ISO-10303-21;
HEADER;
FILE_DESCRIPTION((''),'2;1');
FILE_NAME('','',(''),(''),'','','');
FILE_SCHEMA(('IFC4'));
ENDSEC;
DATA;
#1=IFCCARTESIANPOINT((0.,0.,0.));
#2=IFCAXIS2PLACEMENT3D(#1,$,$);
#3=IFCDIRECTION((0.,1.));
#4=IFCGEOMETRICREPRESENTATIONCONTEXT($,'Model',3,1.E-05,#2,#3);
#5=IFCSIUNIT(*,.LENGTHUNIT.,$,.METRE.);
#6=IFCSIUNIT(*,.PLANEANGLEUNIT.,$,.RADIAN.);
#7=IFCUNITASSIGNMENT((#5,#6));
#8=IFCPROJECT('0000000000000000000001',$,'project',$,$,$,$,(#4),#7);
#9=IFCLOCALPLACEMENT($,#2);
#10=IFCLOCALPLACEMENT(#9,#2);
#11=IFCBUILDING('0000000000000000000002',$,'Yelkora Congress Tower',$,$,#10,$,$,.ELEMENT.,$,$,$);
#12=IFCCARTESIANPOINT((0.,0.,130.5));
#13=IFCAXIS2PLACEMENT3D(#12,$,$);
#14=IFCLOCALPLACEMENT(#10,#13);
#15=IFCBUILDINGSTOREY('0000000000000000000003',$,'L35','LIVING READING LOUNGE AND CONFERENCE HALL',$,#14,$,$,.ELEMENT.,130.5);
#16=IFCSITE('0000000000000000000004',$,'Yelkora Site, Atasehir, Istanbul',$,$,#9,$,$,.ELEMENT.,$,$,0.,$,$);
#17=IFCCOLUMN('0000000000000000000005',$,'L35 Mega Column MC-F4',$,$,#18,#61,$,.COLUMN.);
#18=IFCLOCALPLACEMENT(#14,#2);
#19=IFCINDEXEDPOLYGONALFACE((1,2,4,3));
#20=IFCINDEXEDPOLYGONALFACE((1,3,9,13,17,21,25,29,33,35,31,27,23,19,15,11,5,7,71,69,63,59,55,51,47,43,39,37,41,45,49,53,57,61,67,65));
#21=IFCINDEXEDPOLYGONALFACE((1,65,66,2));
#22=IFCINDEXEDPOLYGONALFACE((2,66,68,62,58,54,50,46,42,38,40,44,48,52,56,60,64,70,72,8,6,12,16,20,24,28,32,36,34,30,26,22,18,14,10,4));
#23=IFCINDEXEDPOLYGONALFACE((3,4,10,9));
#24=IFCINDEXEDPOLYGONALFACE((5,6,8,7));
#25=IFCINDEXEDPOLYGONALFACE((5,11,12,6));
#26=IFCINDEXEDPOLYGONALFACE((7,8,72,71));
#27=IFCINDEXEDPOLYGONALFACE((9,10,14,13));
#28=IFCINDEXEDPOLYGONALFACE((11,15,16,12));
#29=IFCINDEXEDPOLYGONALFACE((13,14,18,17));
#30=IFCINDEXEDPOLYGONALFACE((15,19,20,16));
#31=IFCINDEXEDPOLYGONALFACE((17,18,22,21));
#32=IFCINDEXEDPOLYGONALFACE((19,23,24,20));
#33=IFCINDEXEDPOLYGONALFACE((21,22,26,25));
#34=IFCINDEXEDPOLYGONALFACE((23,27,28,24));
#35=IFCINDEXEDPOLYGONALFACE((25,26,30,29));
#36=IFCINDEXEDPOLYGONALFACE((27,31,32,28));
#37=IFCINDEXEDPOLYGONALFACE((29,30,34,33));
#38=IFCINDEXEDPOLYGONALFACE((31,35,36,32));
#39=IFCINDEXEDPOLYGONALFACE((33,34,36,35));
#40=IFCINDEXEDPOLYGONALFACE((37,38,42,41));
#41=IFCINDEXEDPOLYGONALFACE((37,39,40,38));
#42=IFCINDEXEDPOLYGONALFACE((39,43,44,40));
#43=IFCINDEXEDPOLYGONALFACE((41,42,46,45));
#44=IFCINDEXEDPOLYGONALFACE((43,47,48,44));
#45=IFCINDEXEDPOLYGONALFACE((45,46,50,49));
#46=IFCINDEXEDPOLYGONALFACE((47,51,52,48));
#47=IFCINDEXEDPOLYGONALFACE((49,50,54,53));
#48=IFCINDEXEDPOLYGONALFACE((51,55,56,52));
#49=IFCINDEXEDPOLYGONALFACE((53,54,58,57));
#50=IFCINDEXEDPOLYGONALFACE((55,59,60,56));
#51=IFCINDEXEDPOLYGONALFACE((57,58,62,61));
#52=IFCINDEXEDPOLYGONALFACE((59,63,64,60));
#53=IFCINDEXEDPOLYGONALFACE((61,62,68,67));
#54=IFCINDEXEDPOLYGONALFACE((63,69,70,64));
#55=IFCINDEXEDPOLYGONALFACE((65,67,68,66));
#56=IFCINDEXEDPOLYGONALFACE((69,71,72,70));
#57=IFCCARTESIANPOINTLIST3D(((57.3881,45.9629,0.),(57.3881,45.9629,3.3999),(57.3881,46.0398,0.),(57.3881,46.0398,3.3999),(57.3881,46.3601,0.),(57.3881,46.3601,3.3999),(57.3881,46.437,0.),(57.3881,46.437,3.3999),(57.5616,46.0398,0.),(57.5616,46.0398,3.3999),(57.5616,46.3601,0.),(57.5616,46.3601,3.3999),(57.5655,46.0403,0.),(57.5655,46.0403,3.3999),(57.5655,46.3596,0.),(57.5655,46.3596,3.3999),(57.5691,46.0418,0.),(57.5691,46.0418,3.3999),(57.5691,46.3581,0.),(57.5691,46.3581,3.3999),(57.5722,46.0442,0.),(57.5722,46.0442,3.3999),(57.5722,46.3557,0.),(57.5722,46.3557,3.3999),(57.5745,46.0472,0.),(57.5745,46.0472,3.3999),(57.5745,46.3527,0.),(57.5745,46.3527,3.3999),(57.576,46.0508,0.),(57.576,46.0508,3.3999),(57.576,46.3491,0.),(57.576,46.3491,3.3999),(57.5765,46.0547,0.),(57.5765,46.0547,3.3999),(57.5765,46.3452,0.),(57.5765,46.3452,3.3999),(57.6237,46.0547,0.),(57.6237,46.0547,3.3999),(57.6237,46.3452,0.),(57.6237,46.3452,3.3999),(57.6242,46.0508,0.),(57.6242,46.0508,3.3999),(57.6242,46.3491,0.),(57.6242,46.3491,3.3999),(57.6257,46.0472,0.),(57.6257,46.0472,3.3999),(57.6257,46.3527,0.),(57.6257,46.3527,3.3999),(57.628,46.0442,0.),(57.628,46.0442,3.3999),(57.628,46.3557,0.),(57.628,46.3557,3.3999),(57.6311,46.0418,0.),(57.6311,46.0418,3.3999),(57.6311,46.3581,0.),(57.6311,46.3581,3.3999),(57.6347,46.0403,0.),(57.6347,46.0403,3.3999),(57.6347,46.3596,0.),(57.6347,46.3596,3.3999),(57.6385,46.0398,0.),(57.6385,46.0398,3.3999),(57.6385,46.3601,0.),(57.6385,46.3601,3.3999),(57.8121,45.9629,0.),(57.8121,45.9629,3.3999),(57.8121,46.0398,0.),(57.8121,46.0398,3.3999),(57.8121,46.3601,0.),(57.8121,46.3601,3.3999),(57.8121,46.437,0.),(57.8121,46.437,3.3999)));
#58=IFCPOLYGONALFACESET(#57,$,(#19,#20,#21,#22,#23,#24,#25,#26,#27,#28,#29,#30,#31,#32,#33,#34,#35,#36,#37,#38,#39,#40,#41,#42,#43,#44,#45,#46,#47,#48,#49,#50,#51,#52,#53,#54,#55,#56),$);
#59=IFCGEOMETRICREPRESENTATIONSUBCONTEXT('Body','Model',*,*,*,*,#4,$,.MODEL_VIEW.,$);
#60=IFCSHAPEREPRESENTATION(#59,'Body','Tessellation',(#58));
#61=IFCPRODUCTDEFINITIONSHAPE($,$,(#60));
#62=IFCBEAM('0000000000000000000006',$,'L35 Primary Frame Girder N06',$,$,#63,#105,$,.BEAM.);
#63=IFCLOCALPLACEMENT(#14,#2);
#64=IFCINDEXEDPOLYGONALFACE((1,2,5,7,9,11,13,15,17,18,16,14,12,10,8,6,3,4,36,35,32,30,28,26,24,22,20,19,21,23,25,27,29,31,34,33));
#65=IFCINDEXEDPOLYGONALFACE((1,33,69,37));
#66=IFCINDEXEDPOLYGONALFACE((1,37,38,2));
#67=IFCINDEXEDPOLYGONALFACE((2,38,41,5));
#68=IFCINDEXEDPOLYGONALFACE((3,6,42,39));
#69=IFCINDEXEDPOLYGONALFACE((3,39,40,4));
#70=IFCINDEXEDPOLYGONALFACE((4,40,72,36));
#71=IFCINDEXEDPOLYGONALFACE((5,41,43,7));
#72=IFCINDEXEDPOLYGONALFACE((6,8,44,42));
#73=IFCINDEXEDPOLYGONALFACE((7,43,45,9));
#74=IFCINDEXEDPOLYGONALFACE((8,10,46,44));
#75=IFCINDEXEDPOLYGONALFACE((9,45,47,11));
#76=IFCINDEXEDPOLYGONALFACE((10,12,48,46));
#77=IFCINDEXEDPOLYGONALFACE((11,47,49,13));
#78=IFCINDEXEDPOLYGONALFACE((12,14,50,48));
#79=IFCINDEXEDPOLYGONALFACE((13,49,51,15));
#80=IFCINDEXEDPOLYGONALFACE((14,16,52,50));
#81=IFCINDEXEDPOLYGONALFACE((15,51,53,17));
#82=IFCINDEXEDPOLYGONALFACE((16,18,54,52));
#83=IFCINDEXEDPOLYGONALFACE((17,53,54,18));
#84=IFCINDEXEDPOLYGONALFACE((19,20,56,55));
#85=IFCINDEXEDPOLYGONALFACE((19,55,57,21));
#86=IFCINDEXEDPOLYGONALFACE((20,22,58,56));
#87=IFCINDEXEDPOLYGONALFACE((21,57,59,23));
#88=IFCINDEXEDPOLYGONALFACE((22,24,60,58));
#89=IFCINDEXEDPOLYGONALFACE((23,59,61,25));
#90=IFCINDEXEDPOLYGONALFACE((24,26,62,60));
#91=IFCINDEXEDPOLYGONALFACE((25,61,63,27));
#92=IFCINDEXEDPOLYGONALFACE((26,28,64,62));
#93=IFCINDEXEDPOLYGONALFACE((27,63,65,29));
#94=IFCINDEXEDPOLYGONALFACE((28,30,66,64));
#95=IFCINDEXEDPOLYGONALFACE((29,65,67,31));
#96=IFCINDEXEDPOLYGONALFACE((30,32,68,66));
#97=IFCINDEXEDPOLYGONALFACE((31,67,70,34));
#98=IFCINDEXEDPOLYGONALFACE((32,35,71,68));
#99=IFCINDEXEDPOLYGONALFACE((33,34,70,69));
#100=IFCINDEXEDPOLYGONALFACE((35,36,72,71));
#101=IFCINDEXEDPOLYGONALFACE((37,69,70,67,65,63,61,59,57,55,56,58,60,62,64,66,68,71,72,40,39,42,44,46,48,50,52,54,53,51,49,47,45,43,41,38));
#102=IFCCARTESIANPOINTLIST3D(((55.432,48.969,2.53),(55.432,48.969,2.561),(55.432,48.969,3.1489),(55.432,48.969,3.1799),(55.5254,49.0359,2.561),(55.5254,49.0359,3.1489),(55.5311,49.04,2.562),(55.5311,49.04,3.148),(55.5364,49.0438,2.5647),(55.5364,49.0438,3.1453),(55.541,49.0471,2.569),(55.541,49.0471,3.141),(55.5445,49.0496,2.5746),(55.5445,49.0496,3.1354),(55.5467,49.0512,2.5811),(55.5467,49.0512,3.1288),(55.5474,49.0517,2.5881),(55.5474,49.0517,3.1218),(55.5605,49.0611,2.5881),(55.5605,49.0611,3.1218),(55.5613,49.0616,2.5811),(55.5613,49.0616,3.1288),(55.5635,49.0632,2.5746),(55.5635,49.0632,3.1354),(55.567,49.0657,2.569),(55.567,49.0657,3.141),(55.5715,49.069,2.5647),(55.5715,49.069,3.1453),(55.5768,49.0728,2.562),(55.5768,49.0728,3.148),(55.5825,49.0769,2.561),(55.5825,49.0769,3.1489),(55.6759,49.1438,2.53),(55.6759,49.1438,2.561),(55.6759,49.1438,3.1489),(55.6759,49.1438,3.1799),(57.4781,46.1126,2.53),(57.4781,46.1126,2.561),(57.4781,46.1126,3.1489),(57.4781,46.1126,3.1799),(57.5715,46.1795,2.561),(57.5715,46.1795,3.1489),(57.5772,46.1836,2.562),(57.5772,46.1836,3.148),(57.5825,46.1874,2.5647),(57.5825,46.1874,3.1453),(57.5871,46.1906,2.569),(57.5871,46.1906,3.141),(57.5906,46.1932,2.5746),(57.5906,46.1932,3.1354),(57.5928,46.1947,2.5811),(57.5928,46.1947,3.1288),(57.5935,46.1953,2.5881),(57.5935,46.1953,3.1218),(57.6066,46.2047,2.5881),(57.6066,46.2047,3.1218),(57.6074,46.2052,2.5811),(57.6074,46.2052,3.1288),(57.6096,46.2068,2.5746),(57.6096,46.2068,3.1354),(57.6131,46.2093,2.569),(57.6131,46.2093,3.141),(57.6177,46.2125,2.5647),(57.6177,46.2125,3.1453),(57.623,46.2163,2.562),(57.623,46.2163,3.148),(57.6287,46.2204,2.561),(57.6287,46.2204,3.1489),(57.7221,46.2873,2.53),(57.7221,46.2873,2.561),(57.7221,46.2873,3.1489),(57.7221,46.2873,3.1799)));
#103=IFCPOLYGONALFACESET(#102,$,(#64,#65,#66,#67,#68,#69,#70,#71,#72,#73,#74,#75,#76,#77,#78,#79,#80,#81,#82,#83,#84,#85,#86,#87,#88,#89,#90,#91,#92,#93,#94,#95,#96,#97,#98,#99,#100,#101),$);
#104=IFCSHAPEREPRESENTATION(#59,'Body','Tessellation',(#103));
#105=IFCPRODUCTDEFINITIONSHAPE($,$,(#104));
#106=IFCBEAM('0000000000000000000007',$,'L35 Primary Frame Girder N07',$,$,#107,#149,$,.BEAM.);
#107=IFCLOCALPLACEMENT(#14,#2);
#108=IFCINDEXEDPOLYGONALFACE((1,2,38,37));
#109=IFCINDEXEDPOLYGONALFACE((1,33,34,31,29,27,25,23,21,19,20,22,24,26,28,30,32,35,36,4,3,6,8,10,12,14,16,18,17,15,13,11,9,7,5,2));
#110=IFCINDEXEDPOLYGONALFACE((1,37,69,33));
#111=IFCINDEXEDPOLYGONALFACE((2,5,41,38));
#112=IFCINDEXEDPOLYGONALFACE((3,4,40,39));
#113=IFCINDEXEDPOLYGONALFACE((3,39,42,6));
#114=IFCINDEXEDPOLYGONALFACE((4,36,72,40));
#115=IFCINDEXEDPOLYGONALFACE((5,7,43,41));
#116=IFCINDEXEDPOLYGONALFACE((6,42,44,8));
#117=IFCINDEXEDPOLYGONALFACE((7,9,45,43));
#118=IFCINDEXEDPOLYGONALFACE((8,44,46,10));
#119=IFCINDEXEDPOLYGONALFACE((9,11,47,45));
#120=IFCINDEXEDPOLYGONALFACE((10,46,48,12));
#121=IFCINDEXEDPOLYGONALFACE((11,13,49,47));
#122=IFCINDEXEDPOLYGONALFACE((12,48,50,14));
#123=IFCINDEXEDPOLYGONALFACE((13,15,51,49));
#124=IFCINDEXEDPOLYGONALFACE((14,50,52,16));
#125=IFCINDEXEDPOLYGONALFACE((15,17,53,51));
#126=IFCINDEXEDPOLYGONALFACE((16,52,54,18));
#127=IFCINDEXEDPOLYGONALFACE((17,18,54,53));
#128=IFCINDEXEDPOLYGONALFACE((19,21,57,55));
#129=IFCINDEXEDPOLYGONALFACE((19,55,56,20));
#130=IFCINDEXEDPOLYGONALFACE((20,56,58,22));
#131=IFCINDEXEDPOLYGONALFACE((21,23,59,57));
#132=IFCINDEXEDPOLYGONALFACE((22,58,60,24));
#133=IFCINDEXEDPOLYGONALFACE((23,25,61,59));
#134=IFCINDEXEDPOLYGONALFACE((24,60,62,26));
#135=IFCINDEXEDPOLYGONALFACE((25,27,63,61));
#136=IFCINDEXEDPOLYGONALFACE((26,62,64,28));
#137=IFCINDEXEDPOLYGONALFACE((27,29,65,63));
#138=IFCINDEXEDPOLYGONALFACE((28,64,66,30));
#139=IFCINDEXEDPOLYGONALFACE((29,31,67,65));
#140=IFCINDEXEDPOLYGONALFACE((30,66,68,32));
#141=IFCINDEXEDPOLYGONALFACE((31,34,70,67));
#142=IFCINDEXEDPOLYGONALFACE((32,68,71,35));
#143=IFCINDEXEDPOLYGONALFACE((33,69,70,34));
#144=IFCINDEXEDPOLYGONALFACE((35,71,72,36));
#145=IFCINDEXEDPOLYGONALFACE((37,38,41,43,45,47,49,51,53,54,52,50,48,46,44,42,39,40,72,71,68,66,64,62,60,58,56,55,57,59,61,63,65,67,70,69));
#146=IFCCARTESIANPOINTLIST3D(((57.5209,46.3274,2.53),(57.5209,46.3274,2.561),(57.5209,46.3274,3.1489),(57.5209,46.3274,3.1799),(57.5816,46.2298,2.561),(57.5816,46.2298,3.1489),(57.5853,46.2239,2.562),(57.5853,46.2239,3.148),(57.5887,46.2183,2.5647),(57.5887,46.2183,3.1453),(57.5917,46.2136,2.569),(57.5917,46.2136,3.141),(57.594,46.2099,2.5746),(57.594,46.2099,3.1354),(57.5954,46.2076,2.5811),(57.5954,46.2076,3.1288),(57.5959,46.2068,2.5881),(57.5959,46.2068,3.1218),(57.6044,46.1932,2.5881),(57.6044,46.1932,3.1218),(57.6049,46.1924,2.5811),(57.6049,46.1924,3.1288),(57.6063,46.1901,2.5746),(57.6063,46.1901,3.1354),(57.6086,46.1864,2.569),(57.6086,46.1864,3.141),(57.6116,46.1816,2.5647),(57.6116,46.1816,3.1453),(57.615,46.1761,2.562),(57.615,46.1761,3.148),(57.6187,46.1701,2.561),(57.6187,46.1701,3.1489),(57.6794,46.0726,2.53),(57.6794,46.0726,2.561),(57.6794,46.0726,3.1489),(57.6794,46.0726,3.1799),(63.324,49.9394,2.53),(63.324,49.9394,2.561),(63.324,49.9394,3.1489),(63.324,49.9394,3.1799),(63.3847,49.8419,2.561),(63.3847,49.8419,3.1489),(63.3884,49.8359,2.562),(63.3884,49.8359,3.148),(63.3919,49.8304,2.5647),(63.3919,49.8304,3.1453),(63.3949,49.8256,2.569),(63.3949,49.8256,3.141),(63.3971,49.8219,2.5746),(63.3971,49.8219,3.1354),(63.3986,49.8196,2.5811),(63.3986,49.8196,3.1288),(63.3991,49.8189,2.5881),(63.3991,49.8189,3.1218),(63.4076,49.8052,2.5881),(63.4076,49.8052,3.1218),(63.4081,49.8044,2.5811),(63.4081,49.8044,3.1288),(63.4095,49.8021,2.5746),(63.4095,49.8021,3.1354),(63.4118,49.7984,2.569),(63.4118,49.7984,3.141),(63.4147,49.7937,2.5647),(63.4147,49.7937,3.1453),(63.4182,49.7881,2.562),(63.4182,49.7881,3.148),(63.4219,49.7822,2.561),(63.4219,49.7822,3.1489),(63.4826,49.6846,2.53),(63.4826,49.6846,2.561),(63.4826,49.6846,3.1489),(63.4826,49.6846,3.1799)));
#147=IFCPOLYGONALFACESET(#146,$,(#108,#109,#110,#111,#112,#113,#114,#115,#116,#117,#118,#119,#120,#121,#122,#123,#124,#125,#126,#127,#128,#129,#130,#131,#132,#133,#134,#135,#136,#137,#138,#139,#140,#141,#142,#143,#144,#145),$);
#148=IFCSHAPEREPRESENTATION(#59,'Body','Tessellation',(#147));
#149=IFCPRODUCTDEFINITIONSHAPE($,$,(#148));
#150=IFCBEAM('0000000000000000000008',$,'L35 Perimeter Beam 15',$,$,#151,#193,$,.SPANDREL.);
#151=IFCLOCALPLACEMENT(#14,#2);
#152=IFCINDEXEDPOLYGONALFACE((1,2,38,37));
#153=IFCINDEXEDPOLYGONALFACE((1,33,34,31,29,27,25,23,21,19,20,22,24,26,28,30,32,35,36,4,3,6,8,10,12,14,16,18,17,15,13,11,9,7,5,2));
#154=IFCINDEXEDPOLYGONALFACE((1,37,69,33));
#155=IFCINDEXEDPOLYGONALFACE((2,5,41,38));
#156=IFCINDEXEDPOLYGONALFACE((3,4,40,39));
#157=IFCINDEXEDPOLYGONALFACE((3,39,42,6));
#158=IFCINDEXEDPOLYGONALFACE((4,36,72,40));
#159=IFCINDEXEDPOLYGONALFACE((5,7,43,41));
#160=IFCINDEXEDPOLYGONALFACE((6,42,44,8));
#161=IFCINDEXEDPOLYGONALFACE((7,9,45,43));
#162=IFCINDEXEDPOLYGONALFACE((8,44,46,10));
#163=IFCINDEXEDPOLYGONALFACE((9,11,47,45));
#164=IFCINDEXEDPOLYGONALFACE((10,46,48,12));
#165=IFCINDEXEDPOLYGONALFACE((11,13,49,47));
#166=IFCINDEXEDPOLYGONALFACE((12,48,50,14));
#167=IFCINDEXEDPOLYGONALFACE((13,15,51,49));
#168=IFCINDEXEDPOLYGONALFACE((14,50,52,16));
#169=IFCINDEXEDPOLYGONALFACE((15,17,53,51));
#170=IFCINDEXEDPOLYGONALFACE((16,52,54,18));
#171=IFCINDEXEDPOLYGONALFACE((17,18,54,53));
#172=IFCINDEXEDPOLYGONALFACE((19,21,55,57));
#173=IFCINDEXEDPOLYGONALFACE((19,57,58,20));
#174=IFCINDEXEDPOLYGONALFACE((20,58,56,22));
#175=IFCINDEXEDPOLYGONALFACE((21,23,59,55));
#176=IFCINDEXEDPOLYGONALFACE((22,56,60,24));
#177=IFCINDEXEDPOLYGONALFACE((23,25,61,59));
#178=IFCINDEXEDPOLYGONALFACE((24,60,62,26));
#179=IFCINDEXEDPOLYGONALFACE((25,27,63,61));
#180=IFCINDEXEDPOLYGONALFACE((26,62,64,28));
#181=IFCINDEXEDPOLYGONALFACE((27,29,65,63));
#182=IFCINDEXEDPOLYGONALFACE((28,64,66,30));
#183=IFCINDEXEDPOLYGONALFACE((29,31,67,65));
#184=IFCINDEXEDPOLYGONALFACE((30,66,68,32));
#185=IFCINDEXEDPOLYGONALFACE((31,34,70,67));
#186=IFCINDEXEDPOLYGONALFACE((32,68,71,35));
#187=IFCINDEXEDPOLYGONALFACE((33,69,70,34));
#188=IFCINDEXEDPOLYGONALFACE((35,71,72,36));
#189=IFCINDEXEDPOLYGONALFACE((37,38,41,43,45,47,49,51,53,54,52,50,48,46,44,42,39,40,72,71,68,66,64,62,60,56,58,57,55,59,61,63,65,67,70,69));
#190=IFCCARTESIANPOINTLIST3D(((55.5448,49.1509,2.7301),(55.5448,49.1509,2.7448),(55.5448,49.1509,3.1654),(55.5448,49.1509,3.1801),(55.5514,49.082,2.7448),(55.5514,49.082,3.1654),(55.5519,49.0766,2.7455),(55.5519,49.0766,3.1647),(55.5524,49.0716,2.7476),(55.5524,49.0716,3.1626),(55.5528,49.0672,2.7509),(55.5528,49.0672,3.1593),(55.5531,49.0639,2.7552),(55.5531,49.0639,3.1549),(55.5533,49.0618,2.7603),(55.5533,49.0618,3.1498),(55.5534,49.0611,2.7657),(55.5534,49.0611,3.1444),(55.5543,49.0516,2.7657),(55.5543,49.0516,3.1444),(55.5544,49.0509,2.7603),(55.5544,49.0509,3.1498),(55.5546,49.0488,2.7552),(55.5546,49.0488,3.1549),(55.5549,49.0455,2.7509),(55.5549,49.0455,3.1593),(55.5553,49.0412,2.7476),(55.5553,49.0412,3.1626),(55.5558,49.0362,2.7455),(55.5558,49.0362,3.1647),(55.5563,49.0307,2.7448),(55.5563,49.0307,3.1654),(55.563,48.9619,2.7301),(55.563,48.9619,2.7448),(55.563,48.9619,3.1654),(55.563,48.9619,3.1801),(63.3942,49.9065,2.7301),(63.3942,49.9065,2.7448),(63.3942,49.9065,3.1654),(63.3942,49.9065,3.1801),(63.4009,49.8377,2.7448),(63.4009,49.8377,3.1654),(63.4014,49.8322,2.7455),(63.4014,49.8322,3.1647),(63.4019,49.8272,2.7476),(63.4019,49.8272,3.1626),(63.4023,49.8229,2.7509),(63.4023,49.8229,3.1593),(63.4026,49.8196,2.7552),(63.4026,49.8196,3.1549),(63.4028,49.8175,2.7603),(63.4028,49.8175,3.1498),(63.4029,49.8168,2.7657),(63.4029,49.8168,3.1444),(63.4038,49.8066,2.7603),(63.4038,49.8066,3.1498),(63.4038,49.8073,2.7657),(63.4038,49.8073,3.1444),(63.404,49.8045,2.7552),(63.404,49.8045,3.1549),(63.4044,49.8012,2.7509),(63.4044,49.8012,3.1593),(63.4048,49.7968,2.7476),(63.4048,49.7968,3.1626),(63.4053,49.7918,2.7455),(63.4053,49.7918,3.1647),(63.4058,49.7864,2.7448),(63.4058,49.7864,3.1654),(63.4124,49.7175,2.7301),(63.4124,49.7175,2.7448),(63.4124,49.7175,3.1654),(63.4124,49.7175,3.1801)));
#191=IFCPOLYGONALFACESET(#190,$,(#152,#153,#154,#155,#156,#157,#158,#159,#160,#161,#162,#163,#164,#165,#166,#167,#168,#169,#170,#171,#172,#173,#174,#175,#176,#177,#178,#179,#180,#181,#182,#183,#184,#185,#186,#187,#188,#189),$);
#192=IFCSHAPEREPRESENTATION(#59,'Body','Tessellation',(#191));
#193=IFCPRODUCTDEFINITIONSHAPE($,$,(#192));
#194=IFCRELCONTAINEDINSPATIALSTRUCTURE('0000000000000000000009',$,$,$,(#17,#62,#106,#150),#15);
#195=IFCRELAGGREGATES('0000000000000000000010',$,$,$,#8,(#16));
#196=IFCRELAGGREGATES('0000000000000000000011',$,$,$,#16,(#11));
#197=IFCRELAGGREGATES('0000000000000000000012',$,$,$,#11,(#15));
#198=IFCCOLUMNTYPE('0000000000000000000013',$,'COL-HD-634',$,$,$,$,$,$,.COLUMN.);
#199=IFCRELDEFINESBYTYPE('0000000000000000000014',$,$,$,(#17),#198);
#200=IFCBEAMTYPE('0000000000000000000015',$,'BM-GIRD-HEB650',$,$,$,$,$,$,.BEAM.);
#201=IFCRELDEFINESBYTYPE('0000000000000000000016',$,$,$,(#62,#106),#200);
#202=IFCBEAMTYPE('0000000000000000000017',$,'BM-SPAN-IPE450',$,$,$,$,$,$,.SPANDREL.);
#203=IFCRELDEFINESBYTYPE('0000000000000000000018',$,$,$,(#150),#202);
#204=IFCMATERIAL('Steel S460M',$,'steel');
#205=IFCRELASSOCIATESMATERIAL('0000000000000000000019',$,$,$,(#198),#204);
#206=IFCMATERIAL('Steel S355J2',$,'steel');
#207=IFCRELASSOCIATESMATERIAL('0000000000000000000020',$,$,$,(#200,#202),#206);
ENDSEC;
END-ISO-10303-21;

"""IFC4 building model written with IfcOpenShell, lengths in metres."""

from ifc_helpers import new_model, si_unit, direction, frame, origin, origin_2d, place, context, subcontext, project, spatial, i_section, extrude, material, material_profile, profile_set, type_object, element, save


model = new_model("IFC4")

# Units and contexts
model_context = context("Model", 3, precision=1e-05, world=origin(), true_north=direction((0.0, 1.0)))
body_context = subcontext(model_context, "Body", "Model", "MODEL_VIEW")
ifc_project = project(units=[si_unit("LENGTHUNIT", "METRE"), si_unit("PLANEANGLEUNIT", "RADIAN")], contexts=[model_context])

# Site, building, storey
site_placement = place(None, origin())
site = spatial("IfcSite", under=ifc_project, at=site_placement, Name="Yelkora Site, Atasehir, Istanbul", CompositionType="ELEMENT", RefElevation=0.0)
building_placement = place(site_placement, origin())
building = spatial("IfcBuilding", under=site, at=building_placement, Name="Yelkora Congress Tower", CompositionType="ELEMENT")
storey_placement = place(building_placement, frame((0.0, 0.0, 130.5)))
storey = spatial("IfcBuildingStorey", under=building, at=storey_placement, Name="L35", Description="LIVING READING LOUNGE AND CONFERENCE HALL", CompositionType="ELEMENT", Elevation=130.5)

# Column
ifc_material_1 = material(Name="Steel S460M", Category="steel")
ifc_material_profile_1 = material_profile(ifc_material_1, i_section(OverallWidth=0.4241, OverallDepth=0.4741, WebThickness=0.0471, FlangeThickness=0.0769, FilletRadius=0.0149, at=origin_2d()), Name="HD 400x634")
ifc_profile_set_1 = profile_set([ifc_material_profile_1], Name="Steel S460M")
column_type_1 = type_object("IfcColumnType", Name="COL-HD-634", PredefinedType="COLUMN", material=ifc_profile_set_1)
for number, where, z_axis, x_axis, name in (
    (1, (57.6001, 46.2, 0.0), (0.0, 0.0, 1.0), (1.0, 0.0, 0.0), "L35 Mega Column MC-F4"),
):
    element("IfcColumn", number, at=place(storey_placement, frame(where, z_axis=z_axis, x_axis=x_axis)), inside=storey, type_object=column_type_1, Name=name, PredefinedType="COLUMN", context=body_context, shape_type="SweptSolid", body=[
        extrude(i_section(OverallWidth=0.4241, OverallDepth=0.4741, WebThickness=0.0471, FlangeThickness=0.0769, FilletRadius=0.0149, at=origin_2d()), origin(), (0.0, 0.0, 1.0), 3.3999),
    ])

# Beams
ifc_material_2 = material(Name="Steel S355J2", Category="steel")
ifc_material_profile_2 = material_profile(ifc_material_2, i_section(OverallWidth=0.3, OverallDepth=0.6499, WebThickness=0.0161, FlangeThickness=0.031, FilletRadius=0.0271, at=origin_2d()), Name="HEB 650")
ifc_profile_set_2 = profile_set([ifc_material_profile_2], Name="Steel S355J2")
beam_type_1 = type_object("IfcBeamType", Name="BM-GIRD-HEB650", PredefinedType="BEAM", material=ifc_profile_set_2)
beam_1_placement = place(storey_placement, frame((55.554, 49.0564, 2.855), z_axis=(0.582335, -0.812949, 0.0), x_axis=(0.812949, 0.582335, 0.0)))
element("IfcBeam", 2, at=beam_1_placement, inside=storey, type_object=beam_type_1, Name="L35 Primary Frame Girder N06", PredefinedType="BEAM", context=body_context, shape_type="SweptSolid", body=[
    extrude(i_section(OverallWidth=0.3, OverallDepth=0.6499, WebThickness=0.0161, FlangeThickness=0.031, FilletRadius=0.0271, at=origin_2d()), origin(), (0.0, 0.0, 1.0), 3.5137),
])
beam_2_placement = place(storey_placement, frame((63.4033, 49.812, 2.855), z_axis=(-0.84898, -0.528425, 0.0), x_axis=(0.528425, -0.84898, 0.0)))
element("IfcBeam", 3, at=beam_2_placement, inside=storey, type_object=beam_type_1, Name="L35 Primary Frame Girder N07", PredefinedType="BEAM", context=body_context, shape_type="SweptSolid", body=[
    extrude(i_section(OverallWidth=0.3, OverallDepth=0.6499, WebThickness=0.0161, FlangeThickness=0.031, FilletRadius=0.0271, at=origin_2d()), origin(), (0.0, 0.0, 1.0), 6.8354),
])
ifc_material_profile_3 = material_profile(ifc_material_2, i_section(OverallWidth=0.1899, OverallDepth=0.45, WebThickness=0.0095, FlangeThickness=0.0146, FilletRadius=0.021, at=origin_2d()), Name="IPE 450")
ifc_profile_set_3 = profile_set([ifc_material_profile_3], Name="Steel S355J2")
beam_type_2 = type_object("IfcBeamType", Name="BM-SPAN-IPE450", PredefinedType="SPANDREL", material=ifc_profile_set_3)
for number, where, z_axis, x_axis, name in (
    (4, (63.4033, 49.812, 2.9551), (-0.995399, -0.095822, 0.0), (0.095822, -0.995399, 0.0), "L35 Perimeter Beam 15"),
):
    element("IfcBeam", number, at=place(storey_placement, frame(where, z_axis=z_axis, x_axis=x_axis)), inside=storey, type_object=beam_type_2, Name=name, PredefinedType="SPANDREL", context=body_context, shape_type="SweptSolid", body=[
        extrude(i_section(OverallWidth=0.1899, OverallDepth=0.45, WebThickness=0.0095, FlangeThickness=0.0146, FilletRadius=0.021, at=origin_2d()), origin(), (0.0, 0.0, 1.0), 7.8857),
    ])

save(model, "model.ifc")
